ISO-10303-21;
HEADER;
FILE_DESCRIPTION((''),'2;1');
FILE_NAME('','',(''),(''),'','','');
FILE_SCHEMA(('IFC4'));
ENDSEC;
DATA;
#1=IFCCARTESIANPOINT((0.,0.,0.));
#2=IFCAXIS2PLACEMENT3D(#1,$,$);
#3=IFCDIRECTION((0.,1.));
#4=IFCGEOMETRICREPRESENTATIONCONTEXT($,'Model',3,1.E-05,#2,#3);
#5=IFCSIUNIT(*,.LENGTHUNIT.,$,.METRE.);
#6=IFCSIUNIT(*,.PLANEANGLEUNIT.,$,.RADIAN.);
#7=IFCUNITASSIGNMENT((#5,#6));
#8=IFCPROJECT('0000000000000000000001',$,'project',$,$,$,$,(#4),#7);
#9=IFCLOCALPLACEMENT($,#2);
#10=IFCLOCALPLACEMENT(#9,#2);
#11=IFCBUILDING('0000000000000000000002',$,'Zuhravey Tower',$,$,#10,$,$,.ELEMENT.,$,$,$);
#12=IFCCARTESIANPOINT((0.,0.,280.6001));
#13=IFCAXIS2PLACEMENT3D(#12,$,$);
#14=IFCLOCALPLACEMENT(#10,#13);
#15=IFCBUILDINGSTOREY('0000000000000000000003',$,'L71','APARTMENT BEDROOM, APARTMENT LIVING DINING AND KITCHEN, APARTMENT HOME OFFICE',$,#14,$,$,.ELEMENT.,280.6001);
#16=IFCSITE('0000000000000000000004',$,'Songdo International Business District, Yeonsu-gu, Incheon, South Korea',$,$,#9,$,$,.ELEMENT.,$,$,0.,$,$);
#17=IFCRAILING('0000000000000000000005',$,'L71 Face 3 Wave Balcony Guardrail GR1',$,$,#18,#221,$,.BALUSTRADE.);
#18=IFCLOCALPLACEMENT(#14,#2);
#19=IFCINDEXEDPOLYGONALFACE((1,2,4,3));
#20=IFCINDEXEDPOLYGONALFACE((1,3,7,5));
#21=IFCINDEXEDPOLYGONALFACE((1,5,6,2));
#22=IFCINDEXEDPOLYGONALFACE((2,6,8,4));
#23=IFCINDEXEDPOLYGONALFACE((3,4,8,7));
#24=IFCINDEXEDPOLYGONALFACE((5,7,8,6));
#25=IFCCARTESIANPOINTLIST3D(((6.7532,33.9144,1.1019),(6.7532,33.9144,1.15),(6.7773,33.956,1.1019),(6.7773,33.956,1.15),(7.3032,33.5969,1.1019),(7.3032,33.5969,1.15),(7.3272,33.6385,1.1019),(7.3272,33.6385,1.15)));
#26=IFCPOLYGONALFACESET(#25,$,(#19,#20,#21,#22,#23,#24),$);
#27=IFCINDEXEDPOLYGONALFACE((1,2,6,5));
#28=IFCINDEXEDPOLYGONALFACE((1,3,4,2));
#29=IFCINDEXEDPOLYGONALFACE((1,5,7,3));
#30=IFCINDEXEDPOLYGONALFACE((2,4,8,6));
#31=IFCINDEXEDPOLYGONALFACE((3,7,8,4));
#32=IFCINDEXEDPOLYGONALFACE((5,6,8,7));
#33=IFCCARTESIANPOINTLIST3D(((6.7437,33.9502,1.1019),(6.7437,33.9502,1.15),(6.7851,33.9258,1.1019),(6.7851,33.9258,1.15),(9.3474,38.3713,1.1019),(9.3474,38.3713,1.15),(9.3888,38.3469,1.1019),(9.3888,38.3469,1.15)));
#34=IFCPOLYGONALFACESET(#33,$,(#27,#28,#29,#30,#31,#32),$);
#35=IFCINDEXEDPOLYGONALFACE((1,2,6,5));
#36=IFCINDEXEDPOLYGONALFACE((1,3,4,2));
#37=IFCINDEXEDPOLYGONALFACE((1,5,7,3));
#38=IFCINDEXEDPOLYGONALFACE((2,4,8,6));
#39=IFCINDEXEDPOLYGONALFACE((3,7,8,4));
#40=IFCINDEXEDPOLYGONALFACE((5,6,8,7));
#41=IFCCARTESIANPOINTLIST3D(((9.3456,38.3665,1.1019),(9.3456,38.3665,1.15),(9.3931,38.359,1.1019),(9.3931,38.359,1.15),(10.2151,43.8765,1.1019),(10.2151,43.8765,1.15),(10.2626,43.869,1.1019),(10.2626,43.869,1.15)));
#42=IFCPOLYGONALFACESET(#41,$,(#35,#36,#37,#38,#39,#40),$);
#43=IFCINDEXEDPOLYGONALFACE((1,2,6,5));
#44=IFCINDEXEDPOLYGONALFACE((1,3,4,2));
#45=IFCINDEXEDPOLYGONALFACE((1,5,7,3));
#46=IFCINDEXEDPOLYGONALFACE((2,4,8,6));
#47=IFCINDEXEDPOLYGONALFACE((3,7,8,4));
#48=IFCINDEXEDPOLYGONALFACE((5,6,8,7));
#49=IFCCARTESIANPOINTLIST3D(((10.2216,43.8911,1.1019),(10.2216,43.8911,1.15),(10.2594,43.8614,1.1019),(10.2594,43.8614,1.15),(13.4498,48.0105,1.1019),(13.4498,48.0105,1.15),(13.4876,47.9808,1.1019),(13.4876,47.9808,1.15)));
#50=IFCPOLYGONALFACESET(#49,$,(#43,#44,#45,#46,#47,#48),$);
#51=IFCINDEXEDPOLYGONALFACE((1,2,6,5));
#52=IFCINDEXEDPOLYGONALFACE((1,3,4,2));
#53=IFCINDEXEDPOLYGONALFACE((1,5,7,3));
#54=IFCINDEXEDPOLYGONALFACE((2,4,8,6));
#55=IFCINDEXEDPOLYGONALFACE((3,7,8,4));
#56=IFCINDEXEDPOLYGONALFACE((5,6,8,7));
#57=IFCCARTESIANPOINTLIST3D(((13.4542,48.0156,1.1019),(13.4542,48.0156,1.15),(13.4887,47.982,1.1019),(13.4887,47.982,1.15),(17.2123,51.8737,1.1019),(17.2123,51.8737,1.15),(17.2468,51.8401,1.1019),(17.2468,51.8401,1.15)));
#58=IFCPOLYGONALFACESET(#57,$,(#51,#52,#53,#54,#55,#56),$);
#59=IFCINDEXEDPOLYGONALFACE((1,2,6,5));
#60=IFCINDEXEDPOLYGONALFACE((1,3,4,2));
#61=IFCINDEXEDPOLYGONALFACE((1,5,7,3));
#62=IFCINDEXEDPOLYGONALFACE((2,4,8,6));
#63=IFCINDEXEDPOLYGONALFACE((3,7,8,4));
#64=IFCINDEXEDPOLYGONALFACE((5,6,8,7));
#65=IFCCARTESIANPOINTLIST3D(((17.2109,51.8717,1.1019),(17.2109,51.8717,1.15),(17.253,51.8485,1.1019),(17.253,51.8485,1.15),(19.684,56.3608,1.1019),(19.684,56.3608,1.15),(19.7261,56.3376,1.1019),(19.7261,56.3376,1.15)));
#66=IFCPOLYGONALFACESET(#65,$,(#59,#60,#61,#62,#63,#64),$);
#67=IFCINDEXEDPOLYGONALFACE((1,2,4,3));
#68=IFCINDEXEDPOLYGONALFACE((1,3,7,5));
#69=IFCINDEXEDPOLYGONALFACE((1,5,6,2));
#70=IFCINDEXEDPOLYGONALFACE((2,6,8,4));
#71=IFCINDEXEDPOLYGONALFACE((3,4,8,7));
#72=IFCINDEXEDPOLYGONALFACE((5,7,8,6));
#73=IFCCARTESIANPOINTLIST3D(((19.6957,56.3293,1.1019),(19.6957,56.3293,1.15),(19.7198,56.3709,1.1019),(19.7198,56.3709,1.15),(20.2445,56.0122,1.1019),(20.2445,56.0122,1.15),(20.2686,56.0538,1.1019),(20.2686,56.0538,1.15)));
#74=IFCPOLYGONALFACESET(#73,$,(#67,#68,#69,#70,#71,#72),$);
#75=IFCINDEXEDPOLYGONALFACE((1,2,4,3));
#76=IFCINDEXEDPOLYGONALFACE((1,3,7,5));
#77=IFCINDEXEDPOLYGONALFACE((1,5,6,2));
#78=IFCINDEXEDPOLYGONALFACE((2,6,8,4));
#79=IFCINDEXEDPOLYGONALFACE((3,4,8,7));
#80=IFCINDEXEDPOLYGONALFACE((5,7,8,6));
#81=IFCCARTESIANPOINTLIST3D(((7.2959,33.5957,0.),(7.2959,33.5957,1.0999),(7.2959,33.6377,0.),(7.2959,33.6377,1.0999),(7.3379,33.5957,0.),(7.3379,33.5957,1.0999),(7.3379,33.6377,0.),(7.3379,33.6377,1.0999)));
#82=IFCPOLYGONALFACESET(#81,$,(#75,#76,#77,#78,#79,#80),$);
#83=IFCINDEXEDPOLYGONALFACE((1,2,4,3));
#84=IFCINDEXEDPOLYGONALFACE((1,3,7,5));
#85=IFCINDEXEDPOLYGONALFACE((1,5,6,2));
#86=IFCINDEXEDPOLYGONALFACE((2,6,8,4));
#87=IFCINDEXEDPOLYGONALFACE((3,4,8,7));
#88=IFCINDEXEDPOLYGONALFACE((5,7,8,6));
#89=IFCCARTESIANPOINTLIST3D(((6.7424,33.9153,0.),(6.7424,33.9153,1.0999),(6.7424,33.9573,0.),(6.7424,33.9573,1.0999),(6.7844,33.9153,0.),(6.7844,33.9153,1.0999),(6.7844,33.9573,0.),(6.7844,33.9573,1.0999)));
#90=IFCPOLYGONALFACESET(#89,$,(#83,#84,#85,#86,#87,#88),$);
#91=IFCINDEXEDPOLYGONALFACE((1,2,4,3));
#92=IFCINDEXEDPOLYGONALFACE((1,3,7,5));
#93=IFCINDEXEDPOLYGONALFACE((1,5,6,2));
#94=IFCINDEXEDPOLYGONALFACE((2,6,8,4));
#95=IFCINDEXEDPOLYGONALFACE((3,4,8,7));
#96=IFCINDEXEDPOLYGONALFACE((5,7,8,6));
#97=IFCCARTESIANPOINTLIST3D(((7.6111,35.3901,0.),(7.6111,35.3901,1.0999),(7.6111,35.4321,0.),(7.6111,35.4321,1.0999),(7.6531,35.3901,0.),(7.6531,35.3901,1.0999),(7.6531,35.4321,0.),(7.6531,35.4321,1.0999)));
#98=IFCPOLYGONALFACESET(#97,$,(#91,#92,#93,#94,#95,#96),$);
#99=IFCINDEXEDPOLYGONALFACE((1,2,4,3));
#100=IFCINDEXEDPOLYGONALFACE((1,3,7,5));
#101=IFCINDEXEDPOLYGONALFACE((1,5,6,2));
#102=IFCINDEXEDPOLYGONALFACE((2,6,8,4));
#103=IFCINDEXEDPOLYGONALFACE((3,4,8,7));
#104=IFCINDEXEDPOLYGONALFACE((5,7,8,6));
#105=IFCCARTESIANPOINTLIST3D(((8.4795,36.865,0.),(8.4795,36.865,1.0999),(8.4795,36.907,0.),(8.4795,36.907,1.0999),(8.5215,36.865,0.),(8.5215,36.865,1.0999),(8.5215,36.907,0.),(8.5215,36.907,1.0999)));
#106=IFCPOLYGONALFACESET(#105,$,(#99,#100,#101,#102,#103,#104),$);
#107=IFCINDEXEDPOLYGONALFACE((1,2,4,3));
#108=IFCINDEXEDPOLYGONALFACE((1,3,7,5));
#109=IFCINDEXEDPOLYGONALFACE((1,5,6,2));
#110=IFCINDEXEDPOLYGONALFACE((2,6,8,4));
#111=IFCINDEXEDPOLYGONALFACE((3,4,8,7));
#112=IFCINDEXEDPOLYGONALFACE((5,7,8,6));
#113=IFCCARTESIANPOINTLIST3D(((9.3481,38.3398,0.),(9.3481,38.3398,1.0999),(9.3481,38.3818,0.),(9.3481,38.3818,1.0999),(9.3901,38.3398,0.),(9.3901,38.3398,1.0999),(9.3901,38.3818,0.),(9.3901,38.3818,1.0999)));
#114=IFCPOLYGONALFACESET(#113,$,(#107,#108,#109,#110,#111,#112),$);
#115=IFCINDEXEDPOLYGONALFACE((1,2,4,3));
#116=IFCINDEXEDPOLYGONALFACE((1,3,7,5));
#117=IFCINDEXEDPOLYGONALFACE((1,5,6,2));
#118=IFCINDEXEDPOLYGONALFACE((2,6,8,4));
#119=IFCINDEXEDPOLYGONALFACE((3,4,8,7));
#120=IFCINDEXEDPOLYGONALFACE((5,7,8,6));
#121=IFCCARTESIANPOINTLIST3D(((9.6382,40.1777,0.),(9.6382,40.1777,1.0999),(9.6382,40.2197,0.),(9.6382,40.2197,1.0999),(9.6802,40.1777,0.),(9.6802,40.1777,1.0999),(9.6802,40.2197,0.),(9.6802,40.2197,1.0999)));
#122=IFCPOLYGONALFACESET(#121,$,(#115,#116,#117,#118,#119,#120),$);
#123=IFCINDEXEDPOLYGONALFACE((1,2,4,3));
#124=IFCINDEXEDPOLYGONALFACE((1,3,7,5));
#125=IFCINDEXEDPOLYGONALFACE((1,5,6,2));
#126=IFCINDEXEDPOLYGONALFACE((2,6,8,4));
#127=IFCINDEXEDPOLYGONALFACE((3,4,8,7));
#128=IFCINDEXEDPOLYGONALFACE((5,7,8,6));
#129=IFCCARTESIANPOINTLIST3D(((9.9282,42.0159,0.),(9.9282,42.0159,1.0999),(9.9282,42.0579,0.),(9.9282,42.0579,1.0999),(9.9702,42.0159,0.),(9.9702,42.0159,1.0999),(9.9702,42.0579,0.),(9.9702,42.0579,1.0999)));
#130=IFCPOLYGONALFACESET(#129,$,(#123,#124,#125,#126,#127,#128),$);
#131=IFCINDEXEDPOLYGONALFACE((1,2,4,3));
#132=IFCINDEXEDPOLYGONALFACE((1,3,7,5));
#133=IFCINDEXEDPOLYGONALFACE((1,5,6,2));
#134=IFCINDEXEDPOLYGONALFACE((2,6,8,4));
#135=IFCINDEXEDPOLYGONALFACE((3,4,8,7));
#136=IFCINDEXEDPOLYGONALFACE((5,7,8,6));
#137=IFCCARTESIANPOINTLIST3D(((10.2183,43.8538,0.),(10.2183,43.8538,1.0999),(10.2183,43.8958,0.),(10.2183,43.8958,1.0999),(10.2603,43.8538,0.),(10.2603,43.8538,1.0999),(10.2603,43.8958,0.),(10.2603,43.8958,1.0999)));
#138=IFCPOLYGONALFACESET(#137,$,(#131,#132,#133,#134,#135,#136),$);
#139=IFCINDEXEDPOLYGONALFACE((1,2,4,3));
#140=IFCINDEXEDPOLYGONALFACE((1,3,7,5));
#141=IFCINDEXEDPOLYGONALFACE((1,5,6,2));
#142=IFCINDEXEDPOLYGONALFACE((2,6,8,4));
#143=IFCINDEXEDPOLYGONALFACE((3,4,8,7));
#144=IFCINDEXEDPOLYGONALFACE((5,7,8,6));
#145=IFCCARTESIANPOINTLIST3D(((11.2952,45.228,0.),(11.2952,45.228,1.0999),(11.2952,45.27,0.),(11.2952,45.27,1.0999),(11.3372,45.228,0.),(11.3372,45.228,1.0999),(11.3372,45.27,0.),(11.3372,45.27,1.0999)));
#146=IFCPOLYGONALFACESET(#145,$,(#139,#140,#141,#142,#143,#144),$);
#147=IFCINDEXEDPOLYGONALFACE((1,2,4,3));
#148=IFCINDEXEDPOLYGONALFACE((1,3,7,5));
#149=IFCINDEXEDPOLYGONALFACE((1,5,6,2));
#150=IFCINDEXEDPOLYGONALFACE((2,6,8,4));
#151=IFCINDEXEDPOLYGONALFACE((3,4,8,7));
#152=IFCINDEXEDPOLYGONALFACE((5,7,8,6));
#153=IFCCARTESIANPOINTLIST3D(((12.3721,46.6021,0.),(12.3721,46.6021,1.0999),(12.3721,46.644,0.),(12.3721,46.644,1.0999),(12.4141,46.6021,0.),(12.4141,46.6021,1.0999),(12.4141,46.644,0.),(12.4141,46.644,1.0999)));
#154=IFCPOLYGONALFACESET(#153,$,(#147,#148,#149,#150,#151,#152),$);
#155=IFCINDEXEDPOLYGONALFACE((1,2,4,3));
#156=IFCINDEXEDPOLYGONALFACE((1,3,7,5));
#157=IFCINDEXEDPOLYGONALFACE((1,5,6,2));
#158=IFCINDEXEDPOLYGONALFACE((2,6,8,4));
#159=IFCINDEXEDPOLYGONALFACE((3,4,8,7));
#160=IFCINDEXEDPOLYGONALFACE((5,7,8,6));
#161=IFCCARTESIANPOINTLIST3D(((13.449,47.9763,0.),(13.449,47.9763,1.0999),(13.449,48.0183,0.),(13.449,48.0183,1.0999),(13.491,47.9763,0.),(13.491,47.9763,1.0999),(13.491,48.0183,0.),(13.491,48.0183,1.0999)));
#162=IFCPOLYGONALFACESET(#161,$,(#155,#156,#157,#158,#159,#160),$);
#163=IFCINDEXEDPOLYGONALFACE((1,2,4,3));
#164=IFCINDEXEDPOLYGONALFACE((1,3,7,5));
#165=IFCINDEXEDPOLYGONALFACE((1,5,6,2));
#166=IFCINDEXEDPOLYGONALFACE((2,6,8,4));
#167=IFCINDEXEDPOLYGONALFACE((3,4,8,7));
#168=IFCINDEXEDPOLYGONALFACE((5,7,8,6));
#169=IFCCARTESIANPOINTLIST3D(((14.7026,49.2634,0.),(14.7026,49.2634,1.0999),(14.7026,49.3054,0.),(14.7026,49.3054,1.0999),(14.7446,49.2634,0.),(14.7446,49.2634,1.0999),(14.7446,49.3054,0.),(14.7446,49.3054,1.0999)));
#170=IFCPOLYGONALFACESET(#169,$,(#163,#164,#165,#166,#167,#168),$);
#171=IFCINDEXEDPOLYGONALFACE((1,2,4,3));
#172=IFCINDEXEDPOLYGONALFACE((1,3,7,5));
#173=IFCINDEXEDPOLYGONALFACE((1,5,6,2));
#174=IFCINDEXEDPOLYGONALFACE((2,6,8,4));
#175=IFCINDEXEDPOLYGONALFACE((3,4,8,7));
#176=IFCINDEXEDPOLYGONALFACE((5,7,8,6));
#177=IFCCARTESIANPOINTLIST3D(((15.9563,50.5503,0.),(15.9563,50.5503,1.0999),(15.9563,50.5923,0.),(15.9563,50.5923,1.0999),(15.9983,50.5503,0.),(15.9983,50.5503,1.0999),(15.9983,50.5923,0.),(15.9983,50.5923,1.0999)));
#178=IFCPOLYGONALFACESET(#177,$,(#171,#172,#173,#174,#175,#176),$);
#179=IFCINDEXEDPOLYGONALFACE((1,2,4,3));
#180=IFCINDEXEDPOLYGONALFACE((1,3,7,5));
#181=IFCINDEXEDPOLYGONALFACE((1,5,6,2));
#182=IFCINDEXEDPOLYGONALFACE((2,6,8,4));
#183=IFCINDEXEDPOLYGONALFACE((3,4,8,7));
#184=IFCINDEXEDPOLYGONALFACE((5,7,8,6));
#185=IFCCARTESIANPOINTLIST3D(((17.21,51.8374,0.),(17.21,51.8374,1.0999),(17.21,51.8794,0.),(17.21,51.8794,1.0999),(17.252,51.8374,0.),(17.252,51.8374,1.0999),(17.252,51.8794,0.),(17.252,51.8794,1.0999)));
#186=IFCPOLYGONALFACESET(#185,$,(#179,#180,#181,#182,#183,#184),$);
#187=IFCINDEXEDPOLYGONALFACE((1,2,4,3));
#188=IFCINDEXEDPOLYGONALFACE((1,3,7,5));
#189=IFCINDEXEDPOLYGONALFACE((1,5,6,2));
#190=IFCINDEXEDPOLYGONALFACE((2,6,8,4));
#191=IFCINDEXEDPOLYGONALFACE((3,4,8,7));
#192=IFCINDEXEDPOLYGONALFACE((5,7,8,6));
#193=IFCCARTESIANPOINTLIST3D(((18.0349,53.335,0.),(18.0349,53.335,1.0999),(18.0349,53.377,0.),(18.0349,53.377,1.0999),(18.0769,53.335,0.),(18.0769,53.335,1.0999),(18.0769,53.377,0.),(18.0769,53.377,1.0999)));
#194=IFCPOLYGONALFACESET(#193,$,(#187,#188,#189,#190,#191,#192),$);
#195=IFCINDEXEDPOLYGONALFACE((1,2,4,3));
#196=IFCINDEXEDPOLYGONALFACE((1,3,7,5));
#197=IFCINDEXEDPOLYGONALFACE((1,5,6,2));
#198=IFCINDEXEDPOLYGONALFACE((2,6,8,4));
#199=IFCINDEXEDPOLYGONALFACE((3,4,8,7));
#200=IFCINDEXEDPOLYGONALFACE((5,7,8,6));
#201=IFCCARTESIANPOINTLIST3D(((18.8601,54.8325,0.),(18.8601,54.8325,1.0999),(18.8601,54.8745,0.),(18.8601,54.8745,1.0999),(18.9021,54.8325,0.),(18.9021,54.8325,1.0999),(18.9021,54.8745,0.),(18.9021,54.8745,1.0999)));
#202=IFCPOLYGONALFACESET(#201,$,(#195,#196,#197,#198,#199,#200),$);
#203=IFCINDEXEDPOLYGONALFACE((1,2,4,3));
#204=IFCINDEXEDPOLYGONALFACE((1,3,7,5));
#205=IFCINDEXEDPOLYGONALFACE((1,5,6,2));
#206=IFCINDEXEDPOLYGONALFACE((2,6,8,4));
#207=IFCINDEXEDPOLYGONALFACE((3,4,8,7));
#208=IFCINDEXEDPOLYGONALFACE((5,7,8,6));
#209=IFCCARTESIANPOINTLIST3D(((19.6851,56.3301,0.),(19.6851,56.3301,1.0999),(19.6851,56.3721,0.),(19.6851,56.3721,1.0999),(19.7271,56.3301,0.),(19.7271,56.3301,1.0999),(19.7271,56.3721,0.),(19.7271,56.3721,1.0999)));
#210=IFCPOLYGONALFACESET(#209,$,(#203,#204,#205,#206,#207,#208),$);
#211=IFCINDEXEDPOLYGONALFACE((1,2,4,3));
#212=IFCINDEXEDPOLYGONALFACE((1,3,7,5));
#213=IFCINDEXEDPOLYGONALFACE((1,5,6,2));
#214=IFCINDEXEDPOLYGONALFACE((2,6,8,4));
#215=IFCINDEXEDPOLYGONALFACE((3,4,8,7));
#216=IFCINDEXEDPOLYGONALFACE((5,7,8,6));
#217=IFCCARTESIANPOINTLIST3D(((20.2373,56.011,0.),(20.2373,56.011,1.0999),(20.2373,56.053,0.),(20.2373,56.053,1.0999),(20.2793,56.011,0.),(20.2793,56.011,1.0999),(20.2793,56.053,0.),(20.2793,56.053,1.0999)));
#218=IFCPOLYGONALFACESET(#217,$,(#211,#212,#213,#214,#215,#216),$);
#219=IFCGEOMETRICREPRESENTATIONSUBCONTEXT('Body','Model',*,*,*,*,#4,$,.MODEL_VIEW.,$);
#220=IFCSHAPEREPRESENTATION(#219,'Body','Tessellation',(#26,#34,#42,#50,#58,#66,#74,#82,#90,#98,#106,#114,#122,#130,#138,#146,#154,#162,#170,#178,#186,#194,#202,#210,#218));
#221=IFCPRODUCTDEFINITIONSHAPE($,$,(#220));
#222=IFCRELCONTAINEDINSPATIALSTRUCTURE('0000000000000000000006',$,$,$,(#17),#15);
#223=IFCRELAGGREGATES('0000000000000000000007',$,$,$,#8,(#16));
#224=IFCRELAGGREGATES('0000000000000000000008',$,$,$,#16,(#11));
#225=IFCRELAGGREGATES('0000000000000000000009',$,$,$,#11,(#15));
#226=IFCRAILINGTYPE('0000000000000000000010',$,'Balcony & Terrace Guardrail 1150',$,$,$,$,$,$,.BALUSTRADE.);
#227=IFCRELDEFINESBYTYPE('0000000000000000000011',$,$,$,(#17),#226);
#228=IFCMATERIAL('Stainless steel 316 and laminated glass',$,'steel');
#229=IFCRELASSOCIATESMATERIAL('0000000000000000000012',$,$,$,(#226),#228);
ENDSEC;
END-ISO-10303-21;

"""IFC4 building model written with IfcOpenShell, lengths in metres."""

from ifc_helpers import new_model, si_unit, direction, frame, origin, origin_2d, place, context, subcontext, project, spatial, rectangle, extrude, material, type_object, element, save


model = new_model("IFC4")

# Units and contexts
model_context = context("Model", 3, precision=1e-05, world=origin(), true_north=direction((0.0, 1.0)))
body_context = subcontext(model_context, "Body", "Model", "MODEL_VIEW")
ifc_project = project(units=[si_unit("LENGTHUNIT", "METRE"), si_unit("PLANEANGLEUNIT", "RADIAN")], contexts=[model_context])

# Site, building, storey
site_placement = place(None, origin())
site = spatial("IfcSite", under=ifc_project, at=site_placement, Name="Songdo International Business District, Yeonsu-gu, Incheon, South Korea", CompositionType="ELEMENT", RefElevation=0.0)
building_placement = place(site_placement, origin())
building = spatial("IfcBuilding", under=site, at=building_placement, Name="Zuhravey Tower", CompositionType="ELEMENT")
storey_placement = place(building_placement, frame((0.0, 0.0, 280.6001)))
storey = spatial("IfcBuildingStorey", under=building, at=storey_placement, Name="L71", Description="APARTMENT BEDROOM, APARTMENT LIVING DINING AND KITCHEN, APARTMENT HOME OFFICE", CompositionType="ELEMENT", Elevation=280.6001)

# Railing
ifc_material_1 = material(Name="Stainless steel 316 and laminated glass", Category="steel")
railing_type = type_object("IfcRailingType", Name="Balcony & Terrace Guardrail 1150", PredefinedType="BALUSTRADE", material=ifc_material_1)
railing_placement = place(storey_placement, frame((7.3169, 33.6167, 0.0)))
element("IfcRailing", 1, at=railing_placement, inside=storey, type_object=railing_type, Name="L71 Face 3 Wave Balcony Guardrail GR1", PredefinedType="BALUSTRADE", context=body_context, shape_type="SweptSolid", body=[
    extrude(rectangle(XDim=0.0481, YDim=0.0481, at=origin_2d()), frame((-0.0017, 0.001, 1.126), z_axis=(-0.866001, 0.500042, 0.0), x_axis=(-0.500042, -0.866001, 0.0)), (0.0, 0.0, 1.0), 0.635),
    extrude(rectangle(XDim=0.0481, YDim=0.0481, at=origin_2d()), frame((-0.5525, 0.3213, 1.126), z_axis=(0.507458, 0.861676, 0.0), x_axis=(-0.861676, 0.507458, 0.0)), (0.0, 0.0, 1.0), 5.1309),
    extrude(rectangle(XDim=0.0481, YDim=0.0481, at=origin_2d()), frame((2.0525, 4.7461, 1.126), z_axis=(0.155875, 0.987777, 0.0), x_axis=(-0.987777, 0.155875, 0.0)), (0.0, 0.0, 1.0), 5.5781),
    extrude(rectangle(XDim=0.0481, YDim=0.0481, at=origin_2d()), frame((2.9236, 10.2595, 1.126), z_axis=(0.616825, 0.787101, 0.0), x_axis=(-0.787101, 0.616825, 0.0)), (0.0, 0.0, 1.0), 5.2336),
    extrude(rectangle(XDim=0.0481, YDim=0.0481, at=origin_2d()), frame((6.1545, 14.3821, 1.126), z_axis=(0.69776, 0.716331, 0.0), x_axis=(-0.716331, 0.69776, 0.0)), (0.0, 0.0, 1.0), 5.386),
    extrude(rectangle(XDim=0.0481, YDim=0.0481, at=origin_2d()), frame((9.915, 18.2434, 1.126), z_axis=(0.482536, 0.875876, 0.0), x_axis=(-0.875876, 0.482536, 0.0)), (0.0, 0.0, 1.0), 5.1252),
    extrude(rectangle(XDim=0.0481, YDim=0.0481, at=origin_2d()), frame((12.3909, 22.7334, 1.126), z_axis=(0.865854, -0.500297, 0.0), x_axis=(0.500297, 0.865854, 0.0)), (0.0, 0.0, 1.0), 0.6338),
    extrude(rectangle(XDim=0.042, YDim=0.042, at=origin_2d()), origin(), (0.0, 0.0, 1.0), 1.0999),
    extrude(rectangle(XDim=0.042, YDim=0.042, at=origin_2d()), frame((-0.5535, 0.3196, 0.0)), (0.0, 0.0, 1.0), 1.0999),
    extrude(rectangle(XDim=0.042, YDim=0.042, at=origin_2d()), frame((0.3152, 1.7944, 0.0)), (0.0, 0.0, 1.0), 1.0999),
    extrude(rectangle(XDim=0.042, YDim=0.042, at=origin_2d()), frame((1.1836, 3.2693, 0.0)), (0.0, 0.0, 1.0), 1.0999),
    extrude(rectangle(XDim=0.042, YDim=0.042, at=origin_2d()), frame((2.0522, 4.7441, 0.0)), (0.0, 0.0, 1.0), 1.0999),
    extrude(rectangle(XDim=0.042, YDim=0.042, at=origin_2d()), frame((2.3423, 6.582, 0.0)), (0.0, 0.0, 1.0), 1.0999),
    extrude(rectangle(XDim=0.042, YDim=0.042, at=origin_2d()), frame((2.6323, 8.4202, 0.0)), (0.0, 0.0, 1.0), 1.0999),
    extrude(rectangle(XDim=0.042, YDim=0.042, at=origin_2d()), frame((2.9224, 10.2581, 0.0)), (0.0, 0.0, 1.0), 1.0999),
    extrude(rectangle(XDim=0.042, YDim=0.042, at=origin_2d()), frame((3.9993, 11.6323, 0.0)), (0.0, 0.0, 1.0), 1.0999),
    extrude(rectangle(XDim=0.042, YDim=0.042, at=origin_2d()), frame((5.0762, 13.0063, 0.0)), (0.0, 0.0, 1.0), 1.0999),
    extrude(rectangle(XDim=0.042, YDim=0.042, at=origin_2d()), frame((6.1531, 14.3806, 0.0)), (0.0, 0.0, 1.0), 1.0999),
    extrude(rectangle(XDim=0.042, YDim=0.042, at=origin_2d()), frame((7.4067, 15.6677, 0.0)), (0.0, 0.0, 1.0), 1.0999),
    extrude(rectangle(XDim=0.042, YDim=0.042, at=origin_2d()), frame((8.6604, 16.9546, 0.0)), (0.0, 0.0, 1.0), 1.0999),
    extrude(rectangle(XDim=0.042, YDim=0.042, at=origin_2d()), frame((9.9141, 18.2417, 0.0)), (0.0, 0.0, 1.0), 1.0999),
    extrude(rectangle(XDim=0.042, YDim=0.042, at=origin_2d()), frame((10.739, 19.7393, 0.0)), (0.0, 0.0, 1.0), 1.0999),
    extrude(rectangle(XDim=0.042, YDim=0.042, at=origin_2d()), frame((11.5642, 21.2368, 0.0)), (0.0, 0.0, 1.0), 1.0999),
    extrude(rectangle(XDim=0.042, YDim=0.042, at=origin_2d()), frame((12.3892, 22.7344, 0.0)), (0.0, 0.0, 1.0), 1.0999),
    extrude(rectangle(XDim=0.042, YDim=0.042, at=origin_2d()), frame((12.9414, 22.4153, 0.0)), (0.0, 0.0, 1.0), 1.0999),
])

save(model, "model.ifc")
